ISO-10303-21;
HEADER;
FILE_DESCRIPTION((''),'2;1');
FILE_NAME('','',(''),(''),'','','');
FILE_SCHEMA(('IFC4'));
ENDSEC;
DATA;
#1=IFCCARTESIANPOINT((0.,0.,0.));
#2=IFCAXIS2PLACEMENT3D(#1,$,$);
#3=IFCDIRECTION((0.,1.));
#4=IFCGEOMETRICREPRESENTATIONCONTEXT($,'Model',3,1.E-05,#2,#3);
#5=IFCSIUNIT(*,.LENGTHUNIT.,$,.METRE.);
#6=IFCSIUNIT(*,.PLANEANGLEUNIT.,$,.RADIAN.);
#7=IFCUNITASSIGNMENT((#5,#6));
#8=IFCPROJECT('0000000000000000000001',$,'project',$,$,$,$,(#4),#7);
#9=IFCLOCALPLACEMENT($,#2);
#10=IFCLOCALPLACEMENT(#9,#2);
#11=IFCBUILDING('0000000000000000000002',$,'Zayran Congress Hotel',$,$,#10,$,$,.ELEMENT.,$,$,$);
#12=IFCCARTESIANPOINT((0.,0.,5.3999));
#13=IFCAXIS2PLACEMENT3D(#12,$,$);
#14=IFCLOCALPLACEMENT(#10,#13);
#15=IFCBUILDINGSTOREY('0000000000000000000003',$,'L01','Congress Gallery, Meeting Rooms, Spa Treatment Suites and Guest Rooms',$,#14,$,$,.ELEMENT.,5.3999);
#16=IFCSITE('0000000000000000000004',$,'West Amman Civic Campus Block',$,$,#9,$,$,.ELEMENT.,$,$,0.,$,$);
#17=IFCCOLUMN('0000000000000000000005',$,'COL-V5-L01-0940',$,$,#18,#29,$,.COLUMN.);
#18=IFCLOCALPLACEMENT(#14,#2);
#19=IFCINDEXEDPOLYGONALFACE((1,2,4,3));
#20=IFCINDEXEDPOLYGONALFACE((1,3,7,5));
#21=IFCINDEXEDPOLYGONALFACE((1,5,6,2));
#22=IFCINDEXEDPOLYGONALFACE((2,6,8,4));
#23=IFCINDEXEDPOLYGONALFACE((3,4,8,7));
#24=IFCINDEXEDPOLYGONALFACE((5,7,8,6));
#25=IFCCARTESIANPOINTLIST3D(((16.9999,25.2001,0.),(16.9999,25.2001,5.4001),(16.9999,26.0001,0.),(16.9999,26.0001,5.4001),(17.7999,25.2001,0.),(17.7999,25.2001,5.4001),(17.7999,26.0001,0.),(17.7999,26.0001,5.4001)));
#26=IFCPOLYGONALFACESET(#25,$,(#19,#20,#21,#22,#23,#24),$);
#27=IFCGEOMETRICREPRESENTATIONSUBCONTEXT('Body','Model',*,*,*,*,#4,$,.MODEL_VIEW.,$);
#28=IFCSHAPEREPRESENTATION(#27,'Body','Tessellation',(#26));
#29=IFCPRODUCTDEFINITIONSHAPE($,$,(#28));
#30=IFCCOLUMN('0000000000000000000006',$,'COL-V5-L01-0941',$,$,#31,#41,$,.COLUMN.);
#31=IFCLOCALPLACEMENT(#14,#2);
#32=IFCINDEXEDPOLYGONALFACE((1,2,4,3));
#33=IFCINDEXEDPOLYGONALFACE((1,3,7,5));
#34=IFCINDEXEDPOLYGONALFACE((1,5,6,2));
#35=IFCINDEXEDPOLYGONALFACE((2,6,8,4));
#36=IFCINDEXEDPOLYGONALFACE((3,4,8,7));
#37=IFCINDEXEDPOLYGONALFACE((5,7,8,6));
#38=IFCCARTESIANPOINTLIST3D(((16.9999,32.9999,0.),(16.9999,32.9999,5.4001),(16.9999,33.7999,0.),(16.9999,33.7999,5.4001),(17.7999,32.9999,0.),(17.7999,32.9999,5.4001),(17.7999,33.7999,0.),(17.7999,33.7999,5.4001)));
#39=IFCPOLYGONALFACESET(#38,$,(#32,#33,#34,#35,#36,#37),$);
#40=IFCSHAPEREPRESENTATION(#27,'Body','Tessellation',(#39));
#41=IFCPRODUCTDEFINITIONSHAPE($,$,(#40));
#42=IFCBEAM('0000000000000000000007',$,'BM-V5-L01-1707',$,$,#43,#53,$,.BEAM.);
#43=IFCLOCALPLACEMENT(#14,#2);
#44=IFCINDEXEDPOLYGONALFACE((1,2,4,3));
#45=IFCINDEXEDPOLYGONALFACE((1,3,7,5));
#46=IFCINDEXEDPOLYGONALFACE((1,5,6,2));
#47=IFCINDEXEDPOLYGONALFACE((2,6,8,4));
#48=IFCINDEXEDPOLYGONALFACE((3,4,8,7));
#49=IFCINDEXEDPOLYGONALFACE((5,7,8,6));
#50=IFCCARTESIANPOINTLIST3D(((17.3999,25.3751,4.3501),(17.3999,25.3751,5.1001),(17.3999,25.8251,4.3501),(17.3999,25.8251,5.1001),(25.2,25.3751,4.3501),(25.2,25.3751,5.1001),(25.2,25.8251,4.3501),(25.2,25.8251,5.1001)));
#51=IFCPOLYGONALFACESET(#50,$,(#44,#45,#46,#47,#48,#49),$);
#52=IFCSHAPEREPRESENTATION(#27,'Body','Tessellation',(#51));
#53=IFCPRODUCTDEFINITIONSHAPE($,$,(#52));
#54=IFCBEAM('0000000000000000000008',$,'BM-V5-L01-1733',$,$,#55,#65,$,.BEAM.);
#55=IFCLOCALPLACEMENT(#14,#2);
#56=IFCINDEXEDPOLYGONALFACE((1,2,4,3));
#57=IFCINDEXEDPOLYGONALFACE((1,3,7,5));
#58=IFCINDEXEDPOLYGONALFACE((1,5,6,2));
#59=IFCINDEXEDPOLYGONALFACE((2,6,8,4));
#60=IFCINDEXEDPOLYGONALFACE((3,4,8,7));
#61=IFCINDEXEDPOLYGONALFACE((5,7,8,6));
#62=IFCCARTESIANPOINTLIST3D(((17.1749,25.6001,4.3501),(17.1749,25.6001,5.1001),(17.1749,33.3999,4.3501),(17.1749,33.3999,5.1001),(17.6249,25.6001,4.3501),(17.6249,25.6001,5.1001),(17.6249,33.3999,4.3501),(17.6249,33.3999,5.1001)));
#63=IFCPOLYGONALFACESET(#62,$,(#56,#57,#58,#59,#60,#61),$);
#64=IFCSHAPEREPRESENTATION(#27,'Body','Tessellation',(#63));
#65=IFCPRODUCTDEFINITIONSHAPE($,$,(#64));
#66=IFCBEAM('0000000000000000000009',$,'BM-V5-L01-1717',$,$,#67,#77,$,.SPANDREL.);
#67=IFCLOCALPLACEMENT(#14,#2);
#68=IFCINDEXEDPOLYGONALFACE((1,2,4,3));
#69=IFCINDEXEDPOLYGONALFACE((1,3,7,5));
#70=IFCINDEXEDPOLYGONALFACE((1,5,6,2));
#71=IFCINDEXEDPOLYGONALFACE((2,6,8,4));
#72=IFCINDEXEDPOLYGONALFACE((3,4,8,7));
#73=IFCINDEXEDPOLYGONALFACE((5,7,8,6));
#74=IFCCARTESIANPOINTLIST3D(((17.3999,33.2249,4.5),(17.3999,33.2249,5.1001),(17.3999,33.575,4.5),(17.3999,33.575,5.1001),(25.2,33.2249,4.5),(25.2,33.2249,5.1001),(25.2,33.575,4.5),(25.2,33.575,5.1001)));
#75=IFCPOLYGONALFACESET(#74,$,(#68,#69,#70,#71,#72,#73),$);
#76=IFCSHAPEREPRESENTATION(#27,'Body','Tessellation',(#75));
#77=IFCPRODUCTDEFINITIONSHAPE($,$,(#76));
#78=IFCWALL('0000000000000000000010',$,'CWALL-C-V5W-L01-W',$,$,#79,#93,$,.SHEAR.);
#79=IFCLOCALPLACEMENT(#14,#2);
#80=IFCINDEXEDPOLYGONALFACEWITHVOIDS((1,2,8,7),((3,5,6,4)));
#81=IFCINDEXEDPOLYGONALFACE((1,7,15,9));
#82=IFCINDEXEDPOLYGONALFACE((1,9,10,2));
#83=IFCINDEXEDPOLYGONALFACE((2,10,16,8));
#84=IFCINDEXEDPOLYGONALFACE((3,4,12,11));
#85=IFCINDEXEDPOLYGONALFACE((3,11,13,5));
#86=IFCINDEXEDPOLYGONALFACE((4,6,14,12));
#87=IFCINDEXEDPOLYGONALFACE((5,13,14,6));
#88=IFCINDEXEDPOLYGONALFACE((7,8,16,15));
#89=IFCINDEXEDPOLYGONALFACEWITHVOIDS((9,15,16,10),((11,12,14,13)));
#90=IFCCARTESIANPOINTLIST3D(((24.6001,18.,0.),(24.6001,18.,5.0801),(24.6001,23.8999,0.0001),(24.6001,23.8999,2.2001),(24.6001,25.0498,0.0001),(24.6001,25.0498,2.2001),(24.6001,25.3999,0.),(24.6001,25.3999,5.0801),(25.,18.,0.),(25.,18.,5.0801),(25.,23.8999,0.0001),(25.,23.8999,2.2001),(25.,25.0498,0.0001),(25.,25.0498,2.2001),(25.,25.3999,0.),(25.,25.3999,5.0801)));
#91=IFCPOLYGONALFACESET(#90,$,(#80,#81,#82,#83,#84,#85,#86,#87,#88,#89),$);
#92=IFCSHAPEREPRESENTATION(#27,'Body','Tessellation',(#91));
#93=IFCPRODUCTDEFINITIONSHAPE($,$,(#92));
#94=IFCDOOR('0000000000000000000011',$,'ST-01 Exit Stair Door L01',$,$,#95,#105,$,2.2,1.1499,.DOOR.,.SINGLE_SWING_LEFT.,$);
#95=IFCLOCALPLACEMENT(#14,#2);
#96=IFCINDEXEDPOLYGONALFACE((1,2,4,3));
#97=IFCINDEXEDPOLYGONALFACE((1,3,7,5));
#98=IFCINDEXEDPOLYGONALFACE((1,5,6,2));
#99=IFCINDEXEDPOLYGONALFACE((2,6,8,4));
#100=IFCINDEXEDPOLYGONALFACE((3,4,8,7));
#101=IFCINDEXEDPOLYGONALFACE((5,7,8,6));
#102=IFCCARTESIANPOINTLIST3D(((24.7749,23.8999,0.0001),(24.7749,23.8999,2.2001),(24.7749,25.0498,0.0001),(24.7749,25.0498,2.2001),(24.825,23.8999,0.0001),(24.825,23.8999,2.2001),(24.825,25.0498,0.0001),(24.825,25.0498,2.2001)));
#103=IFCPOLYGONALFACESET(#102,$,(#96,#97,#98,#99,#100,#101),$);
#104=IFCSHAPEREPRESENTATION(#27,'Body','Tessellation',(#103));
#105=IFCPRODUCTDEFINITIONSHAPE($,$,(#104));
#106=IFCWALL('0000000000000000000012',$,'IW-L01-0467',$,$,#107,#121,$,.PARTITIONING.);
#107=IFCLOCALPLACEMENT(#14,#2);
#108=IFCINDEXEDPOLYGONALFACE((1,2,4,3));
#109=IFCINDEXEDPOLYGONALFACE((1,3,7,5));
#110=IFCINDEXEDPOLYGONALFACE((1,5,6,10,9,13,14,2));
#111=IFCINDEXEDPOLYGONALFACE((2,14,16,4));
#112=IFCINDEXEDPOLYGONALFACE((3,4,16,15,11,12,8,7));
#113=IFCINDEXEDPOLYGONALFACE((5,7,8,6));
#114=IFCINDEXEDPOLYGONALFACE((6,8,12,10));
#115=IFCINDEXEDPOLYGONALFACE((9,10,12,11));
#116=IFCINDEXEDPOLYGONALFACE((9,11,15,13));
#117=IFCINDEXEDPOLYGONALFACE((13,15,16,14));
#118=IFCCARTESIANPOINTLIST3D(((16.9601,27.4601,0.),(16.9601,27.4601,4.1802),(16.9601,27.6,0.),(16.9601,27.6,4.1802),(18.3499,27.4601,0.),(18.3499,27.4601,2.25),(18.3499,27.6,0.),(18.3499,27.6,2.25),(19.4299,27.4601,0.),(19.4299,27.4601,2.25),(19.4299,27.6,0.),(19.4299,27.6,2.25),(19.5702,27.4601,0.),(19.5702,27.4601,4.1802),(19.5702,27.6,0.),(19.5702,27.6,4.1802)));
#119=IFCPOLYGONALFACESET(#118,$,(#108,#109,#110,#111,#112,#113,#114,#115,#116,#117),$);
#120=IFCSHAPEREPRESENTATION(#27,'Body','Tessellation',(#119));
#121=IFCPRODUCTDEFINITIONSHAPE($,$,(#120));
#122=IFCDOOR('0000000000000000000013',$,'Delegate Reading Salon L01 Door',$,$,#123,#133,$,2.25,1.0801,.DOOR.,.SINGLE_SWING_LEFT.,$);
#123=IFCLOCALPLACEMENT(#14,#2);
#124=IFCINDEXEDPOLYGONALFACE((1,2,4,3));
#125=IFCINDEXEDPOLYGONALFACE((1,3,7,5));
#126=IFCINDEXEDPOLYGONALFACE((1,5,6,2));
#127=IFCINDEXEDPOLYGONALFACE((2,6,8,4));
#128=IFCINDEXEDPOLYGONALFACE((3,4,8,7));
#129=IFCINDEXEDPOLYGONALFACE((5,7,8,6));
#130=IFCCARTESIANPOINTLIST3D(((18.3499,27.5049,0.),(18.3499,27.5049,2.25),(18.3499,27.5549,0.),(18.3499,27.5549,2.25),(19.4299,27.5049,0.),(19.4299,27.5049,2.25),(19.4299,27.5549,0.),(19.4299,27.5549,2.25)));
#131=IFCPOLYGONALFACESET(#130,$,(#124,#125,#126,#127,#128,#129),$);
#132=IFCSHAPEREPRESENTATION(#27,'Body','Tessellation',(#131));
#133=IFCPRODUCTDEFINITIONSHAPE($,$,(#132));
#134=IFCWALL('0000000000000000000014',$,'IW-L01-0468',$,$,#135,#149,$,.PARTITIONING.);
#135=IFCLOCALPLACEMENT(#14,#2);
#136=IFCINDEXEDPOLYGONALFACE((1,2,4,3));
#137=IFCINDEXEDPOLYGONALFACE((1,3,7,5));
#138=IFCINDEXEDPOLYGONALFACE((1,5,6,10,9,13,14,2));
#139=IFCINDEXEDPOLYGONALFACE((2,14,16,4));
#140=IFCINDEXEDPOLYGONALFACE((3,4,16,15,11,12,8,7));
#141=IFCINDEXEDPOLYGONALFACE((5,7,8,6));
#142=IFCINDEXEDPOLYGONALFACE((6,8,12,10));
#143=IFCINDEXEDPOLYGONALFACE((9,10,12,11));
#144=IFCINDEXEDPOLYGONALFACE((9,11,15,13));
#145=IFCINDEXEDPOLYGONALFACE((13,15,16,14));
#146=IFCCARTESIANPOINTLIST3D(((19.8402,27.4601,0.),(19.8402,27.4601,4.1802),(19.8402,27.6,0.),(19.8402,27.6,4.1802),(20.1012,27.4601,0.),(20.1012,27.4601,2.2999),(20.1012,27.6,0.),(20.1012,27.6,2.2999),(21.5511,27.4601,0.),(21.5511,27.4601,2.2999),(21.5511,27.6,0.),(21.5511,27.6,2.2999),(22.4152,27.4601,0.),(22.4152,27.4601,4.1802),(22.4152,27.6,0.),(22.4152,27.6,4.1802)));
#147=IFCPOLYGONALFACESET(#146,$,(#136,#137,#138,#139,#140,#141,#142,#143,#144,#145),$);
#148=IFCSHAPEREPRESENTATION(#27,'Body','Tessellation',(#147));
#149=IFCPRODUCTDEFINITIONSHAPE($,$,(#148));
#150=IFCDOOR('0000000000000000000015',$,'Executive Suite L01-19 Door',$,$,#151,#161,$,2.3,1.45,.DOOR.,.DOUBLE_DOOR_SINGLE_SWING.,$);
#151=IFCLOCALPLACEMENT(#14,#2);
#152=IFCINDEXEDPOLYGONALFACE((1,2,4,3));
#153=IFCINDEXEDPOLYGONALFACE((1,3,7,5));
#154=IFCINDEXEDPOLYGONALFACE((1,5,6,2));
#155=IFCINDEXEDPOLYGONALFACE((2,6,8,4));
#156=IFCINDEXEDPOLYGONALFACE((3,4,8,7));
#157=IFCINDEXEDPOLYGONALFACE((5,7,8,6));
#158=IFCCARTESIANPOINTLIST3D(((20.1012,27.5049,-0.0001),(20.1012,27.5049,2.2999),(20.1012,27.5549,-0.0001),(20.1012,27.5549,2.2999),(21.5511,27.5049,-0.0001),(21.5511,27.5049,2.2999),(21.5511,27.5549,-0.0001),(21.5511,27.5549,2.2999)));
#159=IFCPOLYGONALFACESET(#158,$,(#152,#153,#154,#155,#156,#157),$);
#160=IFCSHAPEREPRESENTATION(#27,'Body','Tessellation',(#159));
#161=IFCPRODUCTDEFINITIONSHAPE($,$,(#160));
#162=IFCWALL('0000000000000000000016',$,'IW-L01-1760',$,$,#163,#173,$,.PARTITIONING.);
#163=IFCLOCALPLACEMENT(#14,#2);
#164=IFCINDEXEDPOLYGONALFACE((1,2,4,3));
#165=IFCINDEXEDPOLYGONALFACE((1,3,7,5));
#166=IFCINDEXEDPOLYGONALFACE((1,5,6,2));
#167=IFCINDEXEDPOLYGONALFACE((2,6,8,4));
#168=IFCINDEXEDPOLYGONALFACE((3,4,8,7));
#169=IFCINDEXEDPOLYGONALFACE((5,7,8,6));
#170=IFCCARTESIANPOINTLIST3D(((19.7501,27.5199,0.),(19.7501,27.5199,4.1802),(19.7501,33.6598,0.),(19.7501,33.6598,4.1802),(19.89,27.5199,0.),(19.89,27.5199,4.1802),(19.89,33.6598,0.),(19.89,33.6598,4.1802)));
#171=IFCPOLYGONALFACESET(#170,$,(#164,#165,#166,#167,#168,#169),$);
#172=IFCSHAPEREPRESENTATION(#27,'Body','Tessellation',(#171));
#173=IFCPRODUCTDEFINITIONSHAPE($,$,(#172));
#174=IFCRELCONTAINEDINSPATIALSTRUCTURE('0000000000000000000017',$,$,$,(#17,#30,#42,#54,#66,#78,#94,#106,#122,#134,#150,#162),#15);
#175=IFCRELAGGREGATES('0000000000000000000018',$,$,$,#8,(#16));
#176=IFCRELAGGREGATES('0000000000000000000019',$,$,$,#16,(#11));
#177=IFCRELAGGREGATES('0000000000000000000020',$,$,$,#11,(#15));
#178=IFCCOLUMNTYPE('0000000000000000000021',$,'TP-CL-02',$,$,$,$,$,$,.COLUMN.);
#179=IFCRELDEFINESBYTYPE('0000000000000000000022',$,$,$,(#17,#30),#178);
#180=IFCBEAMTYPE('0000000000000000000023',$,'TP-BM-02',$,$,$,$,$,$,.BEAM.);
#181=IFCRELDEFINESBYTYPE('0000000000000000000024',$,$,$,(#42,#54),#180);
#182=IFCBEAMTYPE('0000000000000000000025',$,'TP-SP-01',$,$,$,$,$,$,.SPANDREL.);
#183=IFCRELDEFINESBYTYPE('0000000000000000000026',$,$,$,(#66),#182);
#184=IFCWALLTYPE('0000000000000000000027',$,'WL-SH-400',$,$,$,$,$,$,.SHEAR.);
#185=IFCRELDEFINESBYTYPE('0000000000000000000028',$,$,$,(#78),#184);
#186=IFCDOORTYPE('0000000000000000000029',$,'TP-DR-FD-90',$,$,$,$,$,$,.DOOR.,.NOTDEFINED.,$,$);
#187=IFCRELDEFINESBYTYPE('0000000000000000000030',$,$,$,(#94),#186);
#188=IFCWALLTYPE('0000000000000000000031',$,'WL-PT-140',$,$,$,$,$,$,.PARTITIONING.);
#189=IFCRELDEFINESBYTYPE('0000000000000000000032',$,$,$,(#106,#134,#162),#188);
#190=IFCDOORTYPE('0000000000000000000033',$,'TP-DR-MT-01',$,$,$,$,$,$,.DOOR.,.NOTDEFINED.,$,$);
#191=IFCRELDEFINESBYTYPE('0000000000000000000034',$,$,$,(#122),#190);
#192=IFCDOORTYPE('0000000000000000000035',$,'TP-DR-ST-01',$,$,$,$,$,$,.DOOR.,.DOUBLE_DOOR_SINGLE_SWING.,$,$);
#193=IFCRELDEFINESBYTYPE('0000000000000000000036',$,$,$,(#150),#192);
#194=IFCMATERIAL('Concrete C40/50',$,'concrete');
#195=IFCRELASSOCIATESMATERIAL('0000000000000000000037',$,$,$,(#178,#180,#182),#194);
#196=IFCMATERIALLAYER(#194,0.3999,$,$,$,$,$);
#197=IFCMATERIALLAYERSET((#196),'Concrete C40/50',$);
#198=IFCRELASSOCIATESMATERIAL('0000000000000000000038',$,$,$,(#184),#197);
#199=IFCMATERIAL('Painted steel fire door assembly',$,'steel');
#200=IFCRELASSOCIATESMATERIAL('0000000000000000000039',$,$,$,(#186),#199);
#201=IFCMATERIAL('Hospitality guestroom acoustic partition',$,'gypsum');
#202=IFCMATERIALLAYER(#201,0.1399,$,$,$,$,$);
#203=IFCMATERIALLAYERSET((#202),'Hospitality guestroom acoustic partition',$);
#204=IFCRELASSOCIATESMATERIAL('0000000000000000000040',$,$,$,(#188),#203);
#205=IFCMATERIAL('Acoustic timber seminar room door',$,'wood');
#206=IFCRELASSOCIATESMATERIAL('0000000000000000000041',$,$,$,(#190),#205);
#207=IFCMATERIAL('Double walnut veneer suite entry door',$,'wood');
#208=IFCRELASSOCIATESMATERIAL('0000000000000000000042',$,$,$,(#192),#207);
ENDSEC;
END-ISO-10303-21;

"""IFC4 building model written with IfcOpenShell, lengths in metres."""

from ifc_helpers import new_model, si_unit, direction, frame, frame_2d, origin, origin_2d, place, context, subcontext, project, spatial, rectangle, extrude, material, layer, layer_set, material_profile, profile_set, type_object, element, fill, save


model = new_model("IFC4")

# Units and contexts
model_context = context("Model", 3, precision=1e-05, world=origin(), true_north=direction((0.0, 1.0)))
body_context = subcontext(model_context, "Body", "Model", "MODEL_VIEW")
ifc_project = project(units=[si_unit("LENGTHUNIT", "METRE"), si_unit("PLANEANGLEUNIT", "RADIAN")], contexts=[model_context])

# Site, building, storey
site_placement = place(None, origin())
site = spatial("IfcSite", under=ifc_project, at=site_placement, Name="West Amman Civic Campus Block", CompositionType="ELEMENT", RefElevation=0.0)
building_placement = place(site_placement, origin())
building = spatial("IfcBuilding", under=site, at=building_placement, Name="Zayran Congress Hotel", CompositionType="ELEMENT")
storey_placement = place(building_placement, frame((0.0, 0.0, 5.3999)))
storey = spatial("IfcBuildingStorey", under=building, at=storey_placement, Name="L01", Description="Congress Gallery, Meeting Rooms, Spa Treatment Suites and Guest Rooms", CompositionType="ELEMENT", Elevation=5.3999)

# Columns
ifc_material_1 = material(Name="Concrete C40/50", Category="concrete")
ifc_material_profile_1 = material_profile(ifc_material_1, rectangle(XDim=0.8, YDim=0.8, at=origin_2d()), Name="RC 800x800")
ifc_profile_set_1 = profile_set([ifc_material_profile_1], Name="Concrete C40/50")
column_type = type_object("IfcColumnType", Name="TP-CL-02", PredefinedType="COLUMN", material=ifc_profile_set_1)
for number, where, z_axis, x_axis, name in (
    (1, (17.3999, 25.6001, 0.0), (0.0, 0.0, 1.0), (1.0, 0.0, 0.0), "COL-V5-L01-0940"),
    (2, (17.3999, 33.3999, 0.0), (0.0, 0.0, 1.0), (1.0, 0.0, 0.0), "COL-V5-L01-0941"),
):
    element("IfcColumn", number, at=place(storey_placement, frame(where, z_axis=z_axis, x_axis=x_axis)), inside=storey, type_object=column_type, Name=name, PredefinedType="COLUMN", context=body_context, shape_type="SweptSolid", body=[
        extrude(rectangle(XDim=0.8, YDim=0.8, at=origin_2d()), origin(), (0.0, 0.0, 1.0), 5.4001),
    ])

# Beams
ifc_material_profile_2 = material_profile(ifc_material_1, rectangle(XDim=0.45, YDim=0.75, at=origin_2d()), Name="RC 450x750")
ifc_profile_set_2 = profile_set([ifc_material_profile_2], Name="Concrete C40/50")
beam_type_1 = type_object("IfcBeamType", Name="TP-BM-02", PredefinedType="BEAM", material=ifc_profile_set_2)
beam_1_placement = place(storey_placement, frame((17.3999, 25.6001, 4.7251), z_axis=(1.0, 0.0, 0.0), x_axis=(0.0, 1.0, 0.0)))
element("IfcBeam", 3, at=beam_1_placement, inside=storey, type_object=beam_type_1, Name="BM-V5-L01-1707", PredefinedType="BEAM", context=body_context, shape_type="SweptSolid", body=[
    extrude(rectangle(XDim=0.45, YDim=0.75, at=origin_2d()), origin(), (0.0, 0.0, 1.0), 7.8),
])
beam_2_placement = place(storey_placement, frame((17.3999, 25.6001, 4.7251), z_axis=(0.0, 1.0, 0.0), x_axis=(-1.0, 0.0, 0.0)))
element("IfcBeam", 4, at=beam_2_placement, inside=storey, type_object=beam_type_1, Name="BM-V5-L01-1733", PredefinedType="BEAM", context=body_context, shape_type="SweptSolid", body=[
    extrude(rectangle(XDim=0.45, YDim=0.75, at=origin_2d()), origin(), (0.0, 0.0, 1.0), 7.7998),
])
ifc_material_profile_3 = material_profile(ifc_material_1, rectangle(XDim=0.3501, YDim=0.6001, at=origin_2d()), Name="RC 350x600")
ifc_profile_set_3 = profile_set([ifc_material_profile_3], Name="Concrete C40/50")
beam_type_2 = type_object("IfcBeamType", Name="TP-SP-01", PredefinedType="SPANDREL", material=ifc_profile_set_3)
beam_3_placement = place(storey_placement, frame((17.3999, 33.3999, 4.8), z_axis=(1.0, 0.0, 0.0), x_axis=(0.0, 1.0, 0.0)))
element("IfcBeam", 5, at=beam_3_placement, inside=storey, type_object=beam_type_2, Name="BM-V5-L01-1717", PredefinedType="SPANDREL", context=body_context, shape_type="SweptSolid", body=[
    extrude(rectangle(XDim=0.3501, YDim=0.6001, at=origin_2d()), origin(), (0.0, 0.0, 1.0), 7.8),
])

# Walls, openings, doors
ifc_layer_1 = layer(ifc_material_1, 0.3999)
ifc_layer_set_1 = layer_set([ifc_layer_1], Name="Concrete C40/50")
wall_type_1 = type_object("IfcWallType", Name="WL-SH-400", PredefinedType="SHEAR", material=ifc_layer_set_1)
wall_1_placement = place(storey_placement, frame((24.8, 25.3999, 0.0), z_axis=(0.0, 0.0, 1.0), x_axis=(0.0, -1.0, 0.0)))
wall_1 = element("IfcWall", 6, at=wall_1_placement, inside=storey, type_object=wall_type_1, Name="CWALL-C-V5W-L01-W", PredefinedType="SHEAR", context=body_context, shape_type="SweptSolid", body=[
    extrude(rectangle(XDim=7.3999, YDim=0.3999, at=frame_2d((3.7, 0.0))), origin(), (0.0, 0.0, 1.0), 5.0801),
])
opening_1_placement = place(wall_1_placement, frame((0.3501, 0.0, 0.0)))
opening_1 = element("IfcOpeningElement", 7, at=opening_1_placement, cuts=wall_1, PredefinedType="OPENING", context=body_context, shape_type="SweptSolid", body=[
    extrude(rectangle(XDim=1.1499, YDim=2.2, at=frame_2d((0.575, 1.1001))), frame((0.0, 0.21, 0.0), z_axis=(0.0, -1.0, 0.0), x_axis=(1.0, 0.0, 0.0)), (0.0, 0.0, 1.0), 0.4199),
])
ifc_material_2 = material(Name="Painted steel fire door assembly", Category="steel")
door_type_1 = type_object("IfcDoorType", Name="TP-DR-FD-90", OperationType="NOTDEFINED", PredefinedType="DOOR", material=ifc_material_2)
door_1_placement = place(opening_1_placement, origin())
door_1 = element("IfcDoor", 8, at=door_1_placement, inside=storey, type_object=door_type_1, Name="ST-01 Exit Stair Door L01", OperationType="SINGLE_SWING_LEFT", OverallHeight=2.2, OverallWidth=1.1499, PredefinedType="DOOR", context=body_context, shape_type="SweptSolid", body=[
    extrude(rectangle(XDim=1.1499, YDim=2.2, at=frame_2d((0.575, 1.1001))), frame((0.0, 0.0249, 0.0), z_axis=(0.0, -1.0, 0.0), x_axis=(1.0, 0.0, 0.0)), (0.0, 0.0, 1.0), 0.05),
])
fill(opening_1, door_1)
ifc_material_3 = material(Name="Hospitality guestroom acoustic partition", Category="gypsum")
ifc_layer_2 = layer(ifc_material_3, 0.1399)
ifc_layer_set_2 = layer_set([ifc_layer_2], Name="Hospitality guestroom acoustic partition")
wall_type_2 = type_object("IfcWallType", Name="WL-PT-140", PredefinedType="PARTITIONING", material=ifc_layer_set_2)
wall_2_placement = place(storey_placement, frame((16.96, 27.53, 0.0), z_axis=(0.0, 0.0, 1.0), x_axis=(1.0, 0.0, 0.0)))
wall_2 = element("IfcWall", 9, at=wall_2_placement, inside=storey, type_object=wall_type_2, Name="IW-L01-0467", PredefinedType="PARTITIONING", context=body_context, shape_type="SweptSolid", body=[
    extrude(rectangle(XDim=2.6101, YDim=0.1399, at=frame_2d((1.3052, 0.0))), origin(), (0.0, 0.0, 1.0), 4.1802),
])
opening_2_placement = place(wall_2_placement, frame((1.3899, 0.0, 0.0)))
opening_2 = element("IfcOpeningElement", 10, at=opening_2_placement, cuts=wall_2, PredefinedType="OPENING", context=body_context, shape_type="SweptSolid", body=[
    extrude(rectangle(XDim=1.0801, YDim=2.25, at=frame_2d((0.54, 1.125))), frame((0.0, 0.0798, 0.0), z_axis=(0.0, -1.0, 0.0), x_axis=(1.0, 0.0, 0.0)), (0.0, 0.0, 1.0), 0.1599),
])
ifc_material_4 = material(Name="Acoustic timber seminar room door", Category="wood")
door_type_2 = type_object("IfcDoorType", Name="TP-DR-MT-01", OperationType="NOTDEFINED", PredefinedType="DOOR", material=ifc_material_4)
door_2_placement = place(opening_2_placement, origin())
door_2 = element("IfcDoor", 11, at=door_2_placement, inside=storey, type_object=door_type_2, Name="Delegate Reading Salon L01 Door", OperationType="SINGLE_SWING_LEFT", OverallHeight=2.25, OverallWidth=1.0801, PredefinedType="DOOR", context=body_context, shape_type="SweptSolid", body=[
    extrude(rectangle(XDim=1.0801, YDim=2.25, at=frame_2d((0.54, 1.125))), frame((0.0, 0.0249, 0.0), z_axis=(0.0, -1.0, 0.0), x_axis=(1.0, 0.0, 0.0)), (0.0, 0.0, 1.0), 0.05),
])
fill(opening_2, door_2)
wall_3_placement = place(storey_placement, frame((19.8401, 27.53, 0.0), z_axis=(0.0, 0.0, 1.0), x_axis=(1.0, 0.0, 0.0)))
wall_3 = element("IfcWall", 12, at=wall_3_placement, inside=storey, type_object=wall_type_2, Name="IW-L01-0468", PredefinedType="PARTITIONING", context=body_context, shape_type="SweptSolid", body=[
    extrude(rectangle(XDim=2.575, YDim=0.1399, at=frame_2d((1.2876, 0.0))), origin(), (0.0, 0.0, 1.0), 4.1802),
])
opening_3_placement = place(wall_3_placement, frame((0.261, 0.0, 0.0)))
opening_3 = element("IfcOpeningElement", 13, at=opening_3_placement, cuts=wall_3, PredefinedType="OPENING", context=body_context, shape_type="SweptSolid", body=[
    extrude(rectangle(XDim=1.45, YDim=2.3, at=frame_2d((0.7251, 1.1499))), frame((0.0, 0.0798, 0.0), z_axis=(0.0, -1.0, 0.0), x_axis=(1.0, 0.0, 0.0)), (0.0, 0.0, 1.0), 0.1599),
])
ifc_material_5 = material(Name="Double walnut veneer suite entry door", Category="wood")
door_type_3 = type_object("IfcDoorType", Name="TP-DR-ST-01", OperationType="DOUBLE_DOOR_SINGLE_SWING", PredefinedType="DOOR", material=ifc_material_5)
door_3_placement = place(opening_3_placement, origin())
door_3 = element("IfcDoor", 14, at=door_3_placement, inside=storey, type_object=door_type_3, Name="Executive Suite L01-19 Door", OperationType="DOUBLE_DOOR_SINGLE_SWING", OverallHeight=2.3, OverallWidth=1.45, PredefinedType="DOOR", context=body_context, shape_type="SweptSolid", body=[
    extrude(rectangle(XDim=1.45, YDim=2.3, at=frame_2d((0.7251, 1.1499))), frame((0.0, 0.0249, 0.0), z_axis=(0.0, -1.0, 0.0), x_axis=(1.0, 0.0, 0.0)), (0.0, 0.0, 1.0), 0.05),
])
fill(opening_3, door_3)

# Wall
for number, where, z_axis, x_axis, name in (
    (15, (19.8201, 27.52, 0.0), (0.0, 0.0, 1.0), (0.0, 1.0, 0.0), "IW-L01-1760"),
):
    element("IfcWall", number, at=place(storey_placement, frame(where, z_axis=z_axis, x_axis=x_axis)), inside=storey, type_object=wall_type_2, Name=name, PredefinedType="PARTITIONING", context=body_context, shape_type="SweptSolid", body=[
        extrude(rectangle(XDim=6.1399, YDim=0.1399, at=frame_2d((3.0698, 0.0))), origin(), (0.0, 0.0, 1.0), 4.1802),
    ])

save(model, "model.ifc")
